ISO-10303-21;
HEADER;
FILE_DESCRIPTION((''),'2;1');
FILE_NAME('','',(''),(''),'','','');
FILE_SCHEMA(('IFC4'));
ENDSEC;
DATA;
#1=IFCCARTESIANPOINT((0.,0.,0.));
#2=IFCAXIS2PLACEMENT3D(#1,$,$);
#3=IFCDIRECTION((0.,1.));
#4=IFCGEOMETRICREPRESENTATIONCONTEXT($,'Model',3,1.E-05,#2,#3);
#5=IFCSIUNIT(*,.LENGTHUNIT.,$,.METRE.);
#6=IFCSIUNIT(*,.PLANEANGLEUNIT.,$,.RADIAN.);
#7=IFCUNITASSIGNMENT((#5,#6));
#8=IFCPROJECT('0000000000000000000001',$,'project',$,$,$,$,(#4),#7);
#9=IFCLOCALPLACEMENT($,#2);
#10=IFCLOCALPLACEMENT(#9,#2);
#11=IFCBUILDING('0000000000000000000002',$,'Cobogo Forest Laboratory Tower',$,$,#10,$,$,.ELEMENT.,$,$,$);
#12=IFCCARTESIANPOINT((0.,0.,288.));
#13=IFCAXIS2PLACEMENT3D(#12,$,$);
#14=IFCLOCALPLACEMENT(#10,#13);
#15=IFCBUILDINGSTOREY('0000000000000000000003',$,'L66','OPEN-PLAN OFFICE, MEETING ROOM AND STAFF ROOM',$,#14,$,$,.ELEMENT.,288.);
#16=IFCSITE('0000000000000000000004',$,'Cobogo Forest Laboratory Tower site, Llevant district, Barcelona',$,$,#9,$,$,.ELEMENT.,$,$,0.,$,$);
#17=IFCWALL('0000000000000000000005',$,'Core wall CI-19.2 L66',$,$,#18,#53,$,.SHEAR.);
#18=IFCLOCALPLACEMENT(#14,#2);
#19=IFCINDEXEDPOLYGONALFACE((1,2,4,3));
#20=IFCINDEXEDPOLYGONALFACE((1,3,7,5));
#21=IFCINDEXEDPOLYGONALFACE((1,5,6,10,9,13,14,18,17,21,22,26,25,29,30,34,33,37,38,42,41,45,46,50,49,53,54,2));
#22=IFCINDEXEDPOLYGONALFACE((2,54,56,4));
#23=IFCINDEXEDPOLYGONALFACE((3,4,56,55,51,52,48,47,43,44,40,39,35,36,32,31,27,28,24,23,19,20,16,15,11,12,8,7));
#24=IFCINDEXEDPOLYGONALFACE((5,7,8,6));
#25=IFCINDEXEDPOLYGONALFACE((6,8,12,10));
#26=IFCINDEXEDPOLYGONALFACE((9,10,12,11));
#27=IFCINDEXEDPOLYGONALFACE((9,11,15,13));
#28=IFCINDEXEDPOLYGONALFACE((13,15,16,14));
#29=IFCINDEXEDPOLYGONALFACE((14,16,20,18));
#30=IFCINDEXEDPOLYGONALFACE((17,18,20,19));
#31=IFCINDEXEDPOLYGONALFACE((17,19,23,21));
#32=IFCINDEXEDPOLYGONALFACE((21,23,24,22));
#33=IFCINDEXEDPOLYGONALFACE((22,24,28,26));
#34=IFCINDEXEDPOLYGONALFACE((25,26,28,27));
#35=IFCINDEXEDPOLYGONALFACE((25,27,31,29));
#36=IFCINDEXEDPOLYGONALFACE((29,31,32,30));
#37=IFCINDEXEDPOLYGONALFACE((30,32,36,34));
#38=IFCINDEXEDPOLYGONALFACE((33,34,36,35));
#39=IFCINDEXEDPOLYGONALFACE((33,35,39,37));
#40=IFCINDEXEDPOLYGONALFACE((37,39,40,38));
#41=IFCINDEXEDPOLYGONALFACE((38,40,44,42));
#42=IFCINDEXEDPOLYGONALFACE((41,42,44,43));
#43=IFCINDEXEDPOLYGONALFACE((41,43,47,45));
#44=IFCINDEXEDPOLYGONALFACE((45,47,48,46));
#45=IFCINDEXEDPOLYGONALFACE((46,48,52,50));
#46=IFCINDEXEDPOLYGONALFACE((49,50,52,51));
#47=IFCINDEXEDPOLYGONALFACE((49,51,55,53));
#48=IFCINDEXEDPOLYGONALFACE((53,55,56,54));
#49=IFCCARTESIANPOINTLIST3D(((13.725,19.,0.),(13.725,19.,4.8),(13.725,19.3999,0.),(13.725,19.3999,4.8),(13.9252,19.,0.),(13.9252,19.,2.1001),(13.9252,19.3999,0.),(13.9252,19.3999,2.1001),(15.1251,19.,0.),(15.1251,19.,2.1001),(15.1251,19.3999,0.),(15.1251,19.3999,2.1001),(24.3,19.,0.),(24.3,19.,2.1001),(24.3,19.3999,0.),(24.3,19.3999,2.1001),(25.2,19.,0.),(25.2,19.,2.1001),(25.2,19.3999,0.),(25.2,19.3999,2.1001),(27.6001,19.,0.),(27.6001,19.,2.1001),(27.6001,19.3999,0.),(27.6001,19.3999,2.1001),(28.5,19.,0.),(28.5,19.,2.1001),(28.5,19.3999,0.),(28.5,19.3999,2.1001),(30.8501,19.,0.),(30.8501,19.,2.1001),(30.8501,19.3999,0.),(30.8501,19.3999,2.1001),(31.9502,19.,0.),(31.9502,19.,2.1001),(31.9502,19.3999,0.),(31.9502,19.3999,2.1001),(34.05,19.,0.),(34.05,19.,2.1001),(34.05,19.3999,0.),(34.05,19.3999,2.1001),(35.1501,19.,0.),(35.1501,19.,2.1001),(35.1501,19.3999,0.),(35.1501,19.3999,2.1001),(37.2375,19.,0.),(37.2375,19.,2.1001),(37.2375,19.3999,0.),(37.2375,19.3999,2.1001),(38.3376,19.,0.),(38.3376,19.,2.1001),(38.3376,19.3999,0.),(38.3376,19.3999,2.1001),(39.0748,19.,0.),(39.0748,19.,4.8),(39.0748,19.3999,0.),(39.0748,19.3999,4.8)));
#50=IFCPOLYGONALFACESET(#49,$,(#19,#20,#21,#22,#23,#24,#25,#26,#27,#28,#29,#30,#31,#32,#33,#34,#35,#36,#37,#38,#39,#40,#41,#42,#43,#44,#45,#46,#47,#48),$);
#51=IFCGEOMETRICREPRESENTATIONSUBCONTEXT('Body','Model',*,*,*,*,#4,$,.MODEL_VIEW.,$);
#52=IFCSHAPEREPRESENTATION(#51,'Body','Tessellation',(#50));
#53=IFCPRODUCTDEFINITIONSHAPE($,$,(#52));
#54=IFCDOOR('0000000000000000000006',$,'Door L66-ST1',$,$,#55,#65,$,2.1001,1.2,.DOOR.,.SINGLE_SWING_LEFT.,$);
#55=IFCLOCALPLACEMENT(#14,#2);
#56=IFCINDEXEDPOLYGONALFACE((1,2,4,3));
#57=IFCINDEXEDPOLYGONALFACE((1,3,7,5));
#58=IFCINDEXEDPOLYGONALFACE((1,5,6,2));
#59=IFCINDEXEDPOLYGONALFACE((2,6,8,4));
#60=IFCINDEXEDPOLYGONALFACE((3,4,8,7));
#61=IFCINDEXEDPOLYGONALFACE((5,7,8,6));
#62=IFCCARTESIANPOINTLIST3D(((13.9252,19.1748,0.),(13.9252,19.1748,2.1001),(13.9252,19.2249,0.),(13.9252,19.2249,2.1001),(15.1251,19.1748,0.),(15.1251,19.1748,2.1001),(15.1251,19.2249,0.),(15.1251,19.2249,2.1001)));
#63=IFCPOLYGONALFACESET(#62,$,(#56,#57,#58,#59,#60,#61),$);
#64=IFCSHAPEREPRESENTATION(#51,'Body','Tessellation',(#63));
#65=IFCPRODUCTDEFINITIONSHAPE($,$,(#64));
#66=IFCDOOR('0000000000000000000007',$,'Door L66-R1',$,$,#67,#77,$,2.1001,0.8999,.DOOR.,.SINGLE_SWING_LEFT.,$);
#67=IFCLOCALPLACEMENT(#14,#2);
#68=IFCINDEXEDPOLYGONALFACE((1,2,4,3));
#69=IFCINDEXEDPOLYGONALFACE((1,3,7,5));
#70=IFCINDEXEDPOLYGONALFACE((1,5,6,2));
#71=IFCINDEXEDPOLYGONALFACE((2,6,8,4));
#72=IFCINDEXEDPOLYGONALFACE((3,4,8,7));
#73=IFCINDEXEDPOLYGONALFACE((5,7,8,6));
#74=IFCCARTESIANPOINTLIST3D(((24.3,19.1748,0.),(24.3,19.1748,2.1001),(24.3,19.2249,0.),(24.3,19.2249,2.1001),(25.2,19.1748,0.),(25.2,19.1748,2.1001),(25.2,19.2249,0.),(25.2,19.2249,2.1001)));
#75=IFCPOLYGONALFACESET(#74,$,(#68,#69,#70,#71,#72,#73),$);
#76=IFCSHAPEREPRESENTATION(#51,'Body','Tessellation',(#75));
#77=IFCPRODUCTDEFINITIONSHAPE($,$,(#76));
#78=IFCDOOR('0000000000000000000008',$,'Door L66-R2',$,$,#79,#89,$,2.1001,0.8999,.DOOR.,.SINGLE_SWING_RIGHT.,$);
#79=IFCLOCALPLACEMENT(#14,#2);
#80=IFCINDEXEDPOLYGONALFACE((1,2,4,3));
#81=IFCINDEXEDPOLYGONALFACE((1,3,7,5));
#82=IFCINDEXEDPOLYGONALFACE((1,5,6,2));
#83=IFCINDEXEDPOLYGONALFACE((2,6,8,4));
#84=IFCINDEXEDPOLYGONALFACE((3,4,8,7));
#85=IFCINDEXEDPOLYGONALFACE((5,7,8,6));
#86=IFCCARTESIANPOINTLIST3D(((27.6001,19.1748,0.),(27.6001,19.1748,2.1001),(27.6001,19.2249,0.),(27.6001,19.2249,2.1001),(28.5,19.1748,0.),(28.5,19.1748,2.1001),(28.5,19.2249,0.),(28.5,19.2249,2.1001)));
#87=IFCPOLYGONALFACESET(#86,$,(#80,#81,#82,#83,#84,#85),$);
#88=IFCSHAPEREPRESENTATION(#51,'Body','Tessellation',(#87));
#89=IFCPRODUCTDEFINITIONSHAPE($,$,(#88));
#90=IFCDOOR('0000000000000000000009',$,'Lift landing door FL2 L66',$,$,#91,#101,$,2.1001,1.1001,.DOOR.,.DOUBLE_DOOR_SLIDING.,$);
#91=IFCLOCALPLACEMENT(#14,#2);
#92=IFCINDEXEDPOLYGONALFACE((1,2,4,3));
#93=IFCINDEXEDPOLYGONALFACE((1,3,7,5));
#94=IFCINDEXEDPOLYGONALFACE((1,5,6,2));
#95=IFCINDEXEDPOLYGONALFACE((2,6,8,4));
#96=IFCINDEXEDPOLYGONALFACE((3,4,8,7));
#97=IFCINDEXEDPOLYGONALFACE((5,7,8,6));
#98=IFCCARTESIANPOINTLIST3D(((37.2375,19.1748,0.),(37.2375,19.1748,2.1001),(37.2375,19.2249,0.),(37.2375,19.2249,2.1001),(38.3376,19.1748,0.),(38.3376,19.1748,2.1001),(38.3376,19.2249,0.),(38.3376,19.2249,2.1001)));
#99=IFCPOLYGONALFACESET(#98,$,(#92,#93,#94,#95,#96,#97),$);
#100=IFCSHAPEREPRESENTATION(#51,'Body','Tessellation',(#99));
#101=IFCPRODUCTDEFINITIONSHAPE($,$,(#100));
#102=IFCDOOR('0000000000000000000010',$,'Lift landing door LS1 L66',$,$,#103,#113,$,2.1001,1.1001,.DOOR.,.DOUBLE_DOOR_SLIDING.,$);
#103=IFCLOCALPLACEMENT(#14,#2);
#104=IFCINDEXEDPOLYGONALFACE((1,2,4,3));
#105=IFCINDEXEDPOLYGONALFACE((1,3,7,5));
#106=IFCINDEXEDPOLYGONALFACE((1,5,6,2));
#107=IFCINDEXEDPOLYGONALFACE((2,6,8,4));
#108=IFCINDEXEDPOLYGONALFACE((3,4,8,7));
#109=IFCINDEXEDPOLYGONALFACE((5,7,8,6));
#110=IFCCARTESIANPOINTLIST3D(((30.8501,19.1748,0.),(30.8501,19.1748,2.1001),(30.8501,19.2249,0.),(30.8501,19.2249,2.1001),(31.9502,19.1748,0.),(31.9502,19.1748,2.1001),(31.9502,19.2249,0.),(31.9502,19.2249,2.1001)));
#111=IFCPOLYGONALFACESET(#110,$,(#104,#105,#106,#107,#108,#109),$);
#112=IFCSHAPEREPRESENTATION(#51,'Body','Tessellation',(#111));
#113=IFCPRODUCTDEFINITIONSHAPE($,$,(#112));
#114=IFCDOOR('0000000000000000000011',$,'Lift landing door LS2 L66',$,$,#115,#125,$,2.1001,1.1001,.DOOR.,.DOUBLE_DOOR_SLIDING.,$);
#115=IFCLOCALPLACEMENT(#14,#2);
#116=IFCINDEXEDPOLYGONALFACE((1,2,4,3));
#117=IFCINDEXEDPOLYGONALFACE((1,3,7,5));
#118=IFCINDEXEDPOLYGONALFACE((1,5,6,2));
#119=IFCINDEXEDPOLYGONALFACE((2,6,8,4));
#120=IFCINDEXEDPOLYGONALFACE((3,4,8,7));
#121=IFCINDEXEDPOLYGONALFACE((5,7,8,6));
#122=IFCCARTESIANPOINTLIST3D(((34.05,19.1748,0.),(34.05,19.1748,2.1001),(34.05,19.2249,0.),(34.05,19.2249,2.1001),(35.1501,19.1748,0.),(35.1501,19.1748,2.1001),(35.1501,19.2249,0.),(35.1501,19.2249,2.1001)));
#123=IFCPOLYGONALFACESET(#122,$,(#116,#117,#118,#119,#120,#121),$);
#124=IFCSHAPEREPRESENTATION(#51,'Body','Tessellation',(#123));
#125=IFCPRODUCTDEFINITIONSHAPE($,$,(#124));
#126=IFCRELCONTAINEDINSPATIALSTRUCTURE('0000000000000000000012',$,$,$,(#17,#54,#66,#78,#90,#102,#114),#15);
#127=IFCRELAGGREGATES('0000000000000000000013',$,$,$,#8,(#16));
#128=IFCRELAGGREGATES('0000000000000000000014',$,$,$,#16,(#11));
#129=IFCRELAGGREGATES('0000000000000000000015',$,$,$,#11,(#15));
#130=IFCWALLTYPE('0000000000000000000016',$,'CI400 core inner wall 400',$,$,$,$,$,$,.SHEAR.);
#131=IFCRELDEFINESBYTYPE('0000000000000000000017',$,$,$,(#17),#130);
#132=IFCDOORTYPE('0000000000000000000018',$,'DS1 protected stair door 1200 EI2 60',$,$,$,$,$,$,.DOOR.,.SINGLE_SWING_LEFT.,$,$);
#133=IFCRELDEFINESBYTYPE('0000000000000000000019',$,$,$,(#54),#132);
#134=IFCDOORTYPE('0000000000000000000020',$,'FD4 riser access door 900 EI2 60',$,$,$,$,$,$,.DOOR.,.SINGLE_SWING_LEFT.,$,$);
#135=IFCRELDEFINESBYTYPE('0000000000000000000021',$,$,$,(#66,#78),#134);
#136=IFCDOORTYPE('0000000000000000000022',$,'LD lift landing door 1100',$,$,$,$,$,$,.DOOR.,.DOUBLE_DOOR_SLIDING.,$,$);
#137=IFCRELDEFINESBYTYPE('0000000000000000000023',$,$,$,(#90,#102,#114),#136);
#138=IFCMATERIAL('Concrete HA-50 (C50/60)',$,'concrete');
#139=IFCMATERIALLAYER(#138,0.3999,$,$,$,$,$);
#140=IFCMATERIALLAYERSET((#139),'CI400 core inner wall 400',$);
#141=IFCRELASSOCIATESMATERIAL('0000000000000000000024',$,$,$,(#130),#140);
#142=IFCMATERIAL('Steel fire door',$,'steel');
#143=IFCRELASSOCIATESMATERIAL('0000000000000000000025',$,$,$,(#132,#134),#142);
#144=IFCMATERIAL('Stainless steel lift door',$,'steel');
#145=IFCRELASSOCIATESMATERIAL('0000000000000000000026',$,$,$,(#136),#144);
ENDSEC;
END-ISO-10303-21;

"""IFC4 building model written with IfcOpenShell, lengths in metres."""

from ifc_helpers import new_model, si_unit, direction, frame, frame_2d, origin, place, context, subcontext, project, spatial, rectangle, extrude, material, layer, layer_set, type_object, element, fill, save


model = new_model("IFC4")

# Units and contexts
model_context = context("Model", 3, precision=1e-05, world=origin(), true_north=direction((0.0, 1.0)))
body_context = subcontext(model_context, "Body", "Model", "MODEL_VIEW")
ifc_project = project(units=[si_unit("LENGTHUNIT", "METRE"), si_unit("PLANEANGLEUNIT", "RADIAN")], contexts=[model_context])

# Site, building, storey
site_placement = place(None, origin())
site = spatial("IfcSite", under=ifc_project, at=site_placement, Name="Cobogo Forest Laboratory Tower site, Llevant district, Barcelona", CompositionType="ELEMENT", RefElevation=0.0)
building_placement = place(site_placement, origin())
building = spatial("IfcBuilding", under=site, at=building_placement, Name="Cobogo Forest Laboratory Tower", CompositionType="ELEMENT")
storey_placement = place(building_placement, frame((0.0, 0.0, 288.0)))
storey = spatial("IfcBuildingStorey", under=building, at=storey_placement, Name="L66", Description="OPEN-PLAN OFFICE, MEETING ROOM AND STAFF ROOM", CompositionType="ELEMENT", Elevation=288.0)

# Shared definitions
ifc_material_1 = material(Name="Concrete HA-50 (C50/60)", Category="concrete")

# Wall, openings, doors
ifc_layer_1 = layer(ifc_material_1, 0.3999)
ifc_layer_set_1 = layer_set([ifc_layer_1], Name="CI400 core inner wall 400")
wall_type = type_object("IfcWallType", Name="CI400 core inner wall 400", PredefinedType="SHEAR", material=ifc_layer_set_1)
ifc_material_2 = material(Name="Steel fire door", Category="steel")
wall_1_placement = place(storey_placement, frame((13.7251, 19.2, 0.0), z_axis=(0.0, 0.0, 1.0), x_axis=(1.0, 0.0, 0.0)))
wall_1 = element("IfcWall", 1, at=wall_1_placement, inside=storey, type_object=wall_type, Name="Core wall CI-19.2 L66", PredefinedType="SHEAR", context=body_context, shape_type="SweptSolid", body=[
    extrude(rectangle(XDim=25.3499, YDim=0.3999, at=frame_2d((12.6748, 0.0))), origin(), (0.0, 0.0, 1.0), 4.8),
])
opening_1_placement = place(wall_1_placement, frame((10.575, 0.0, 0.0)))
opening_1 = element("IfcOpeningElement", 2, at=opening_1_placement, cuts=wall_1, PredefinedType="OPENING", context=body_context, shape_type="SweptSolid", body=[
    extrude(rectangle(XDim=0.8999, YDim=2.1001, at=frame_2d((0.45, 1.05))), frame((0.0, 0.21, 0.0), z_axis=(0.0, -1.0, 0.0), x_axis=(1.0, 0.0, 0.0)), (0.0, 0.0, 1.0), 0.4199),
])
opening_2_placement = place(wall_1_placement, frame((13.875, 0.0, 0.0)))
opening_2 = element("IfcOpeningElement", 3, at=opening_2_placement, cuts=wall_1, PredefinedType="OPENING", context=body_context, shape_type="SweptSolid", body=[
    extrude(rectangle(XDim=0.8999, YDim=2.1001, at=frame_2d((0.45, 1.05))), frame((0.0, 0.21, 0.0), z_axis=(0.0, -1.0, 0.0), x_axis=(1.0, 0.0, 0.0)), (0.0, 0.0, 1.0), 0.4199),
])
opening_3_placement = place(wall_1_placement, frame((0.2, 0.0, 0.0)))
opening_3 = element("IfcOpeningElement", 4, at=opening_3_placement, cuts=wall_1, PredefinedType="OPENING", context=body_context, shape_type="SweptSolid", body=[
    extrude(rectangle(XDim=1.2, YDim=2.1001, at=frame_2d((0.6001, 1.05))), frame((0.0, 0.21, 0.0), z_axis=(0.0, -1.0, 0.0), x_axis=(1.0, 0.0, 0.0)), (0.0, 0.0, 1.0), 0.4199),
])
opening_4_placement = place(wall_1_placement, frame((23.5125, 0.0, 0.0)))
opening_4 = element("IfcOpeningElement", 5, at=opening_4_placement, cuts=wall_1, PredefinedType="OPENING", context=body_context, shape_type="SweptSolid", body=[
    extrude(rectangle(XDim=1.1001, YDim=2.1001, at=frame_2d((0.55, 1.05))), frame((0.0, 0.21, 0.0), z_axis=(0.0, -1.0, 0.0), x_axis=(1.0, 0.0, 0.0)), (0.0, 0.0, 1.0), 0.4199),
])
opening_5_placement = place(wall_1_placement, frame((17.125, 0.0, 0.0)))
opening_5 = element("IfcOpeningElement", 6, at=opening_5_placement, cuts=wall_1, PredefinedType="OPENING", context=body_context, shape_type="SweptSolid", body=[
    extrude(rectangle(XDim=1.1001, YDim=2.1001, at=frame_2d((0.55, 1.05))), frame((0.0, 0.21, 0.0), z_axis=(0.0, -1.0, 0.0), x_axis=(1.0, 0.0, 0.0)), (0.0, 0.0, 1.0), 0.4199),
])
opening_6_placement = place(wall_1_placement, frame((20.325, 0.0, 0.0)))
opening_6 = element("IfcOpeningElement", 7, at=opening_6_placement, cuts=wall_1, PredefinedType="OPENING", context=body_context, shape_type="SweptSolid", body=[
    extrude(rectangle(XDim=1.1001, YDim=2.1001, at=frame_2d((0.55, 1.05))), frame((0.0, 0.21, 0.0), z_axis=(0.0, -1.0, 0.0), x_axis=(1.0, 0.0, 0.0)), (0.0, 0.0, 1.0), 0.4199),
])
door_type_1 = type_object("IfcDoorType", Name="DS1 protected stair door 1200 EI2 60", OperationType="SINGLE_SWING_LEFT", PredefinedType="DOOR", material=ifc_material_2)
door_1_placement = place(opening_3_placement, origin())
door_1 = element("IfcDoor", 8, at=door_1_placement, inside=storey, type_object=door_type_1, Name="Door L66-ST1", OperationType="SINGLE_SWING_LEFT", OverallHeight=2.1001, OverallWidth=1.2, PredefinedType="DOOR", context=body_context, shape_type="SweptSolid", body=[
    extrude(rectangle(XDim=1.2, YDim=2.1001, at=frame_2d((0.6001, 1.05))), frame((0.0, 0.0249, 0.0), z_axis=(0.0, -1.0, 0.0), x_axis=(1.0, 0.0, 0.0)), (0.0, 0.0, 1.0), 0.05),
])
fill(opening_3, door_1)
door_type_2 = type_object("IfcDoorType", Name="FD4 riser access door 900 EI2 60", OperationType="SINGLE_SWING_LEFT", PredefinedType="DOOR", material=ifc_material_2)
door_2_placement = place(opening_1_placement, origin())
door_2 = element("IfcDoor", 9, at=door_2_placement, inside=storey, type_object=door_type_2, Name="Door L66-R1", OperationType="SINGLE_SWING_LEFT", OverallHeight=2.1001, OverallWidth=0.8999, PredefinedType="DOOR", context=body_context, shape_type="SweptSolid", body=[
    extrude(rectangle(XDim=0.8999, YDim=2.1001, at=frame_2d((0.45, 1.05))), frame((0.0, 0.0249, 0.0), z_axis=(0.0, -1.0, 0.0), x_axis=(1.0, 0.0, 0.0)), (0.0, 0.0, 1.0), 0.05),
])
fill(opening_1, door_2)
door_3_placement = place(opening_2_placement, origin())
door_3 = element("IfcDoor", 10, at=door_3_placement, inside=storey, type_object=door_type_2, Name="Door L66-R2", OperationType="SINGLE_SWING_RIGHT", OverallHeight=2.1001, OverallWidth=0.8999, PredefinedType="DOOR", context=body_context, shape_type="SweptSolid", body=[
    extrude(rectangle(XDim=0.8999, YDim=2.1001, at=frame_2d((0.45, 1.05))), frame((0.0, 0.0249, 0.0), z_axis=(0.0, -1.0, 0.0), x_axis=(1.0, 0.0, 0.0)), (0.0, 0.0, 1.0), 0.05),
])
fill(opening_2, door_3)
ifc_material_3 = material(Name="Stainless steel lift door", Category="steel")
door_type_3 = type_object("IfcDoorType", Name="LD lift landing door 1100", OperationType="DOUBLE_DOOR_SLIDING", PredefinedType="DOOR", material=ifc_material_3)
door_4_placement = place(opening_4_placement, origin())
door_4 = element("IfcDoor", 11, at=door_4_placement, inside=storey, type_object=door_type_3, Name="Lift landing door FL2 L66", OperationType="DOUBLE_DOOR_SLIDING", OverallHeight=2.1001, OverallWidth=1.1001, PredefinedType="DOOR", context=body_context, shape_type="SweptSolid", body=[
    extrude(rectangle(XDim=1.1001, YDim=2.1001, at=frame_2d((0.55, 1.05))), frame((0.0, 0.0249, 0.0), z_axis=(0.0, -1.0, 0.0), x_axis=(1.0, 0.0, 0.0)), (0.0, 0.0, 1.0), 0.05),
])
fill(opening_4, door_4)
door_5_placement = place(opening_5_placement, origin())
door_5 = element("IfcDoor", 12, at=door_5_placement, inside=storey, type_object=door_type_3, Name="Lift landing door LS1 L66", OperationType="DOUBLE_DOOR_SLIDING", OverallHeight=2.1001, OverallWidth=1.1001, PredefinedType="DOOR", context=body_context, shape_type="SweptSolid", body=[
    extrude(rectangle(XDim=1.1001, YDim=2.1001, at=frame_2d((0.55, 1.05))), frame((0.0, 0.0249, 0.0), z_axis=(0.0, -1.0, 0.0), x_axis=(1.0, 0.0, 0.0)), (0.0, 0.0, 1.0), 0.05),
])
fill(opening_5, door_5)
door_6_placement = place(opening_6_placement, origin())
door_6 = element("IfcDoor", 13, at=door_6_placement, inside=storey, type_object=door_type_3, Name="Lift landing door LS2 L66", OperationType="DOUBLE_DOOR_SLIDING", OverallHeight=2.1001, OverallWidth=1.1001, PredefinedType="DOOR", context=body_context, shape_type="SweptSolid", body=[
    extrude(rectangle(XDim=1.1001, YDim=2.1001, at=frame_2d((0.55, 1.05))), frame((0.0, 0.0249, 0.0), z_axis=(0.0, -1.0, 0.0), x_axis=(1.0, 0.0, 0.0)), (0.0, 0.0, 1.0), 0.05),
])
fill(opening_6, door_6)

save(model, "model.ifc")
